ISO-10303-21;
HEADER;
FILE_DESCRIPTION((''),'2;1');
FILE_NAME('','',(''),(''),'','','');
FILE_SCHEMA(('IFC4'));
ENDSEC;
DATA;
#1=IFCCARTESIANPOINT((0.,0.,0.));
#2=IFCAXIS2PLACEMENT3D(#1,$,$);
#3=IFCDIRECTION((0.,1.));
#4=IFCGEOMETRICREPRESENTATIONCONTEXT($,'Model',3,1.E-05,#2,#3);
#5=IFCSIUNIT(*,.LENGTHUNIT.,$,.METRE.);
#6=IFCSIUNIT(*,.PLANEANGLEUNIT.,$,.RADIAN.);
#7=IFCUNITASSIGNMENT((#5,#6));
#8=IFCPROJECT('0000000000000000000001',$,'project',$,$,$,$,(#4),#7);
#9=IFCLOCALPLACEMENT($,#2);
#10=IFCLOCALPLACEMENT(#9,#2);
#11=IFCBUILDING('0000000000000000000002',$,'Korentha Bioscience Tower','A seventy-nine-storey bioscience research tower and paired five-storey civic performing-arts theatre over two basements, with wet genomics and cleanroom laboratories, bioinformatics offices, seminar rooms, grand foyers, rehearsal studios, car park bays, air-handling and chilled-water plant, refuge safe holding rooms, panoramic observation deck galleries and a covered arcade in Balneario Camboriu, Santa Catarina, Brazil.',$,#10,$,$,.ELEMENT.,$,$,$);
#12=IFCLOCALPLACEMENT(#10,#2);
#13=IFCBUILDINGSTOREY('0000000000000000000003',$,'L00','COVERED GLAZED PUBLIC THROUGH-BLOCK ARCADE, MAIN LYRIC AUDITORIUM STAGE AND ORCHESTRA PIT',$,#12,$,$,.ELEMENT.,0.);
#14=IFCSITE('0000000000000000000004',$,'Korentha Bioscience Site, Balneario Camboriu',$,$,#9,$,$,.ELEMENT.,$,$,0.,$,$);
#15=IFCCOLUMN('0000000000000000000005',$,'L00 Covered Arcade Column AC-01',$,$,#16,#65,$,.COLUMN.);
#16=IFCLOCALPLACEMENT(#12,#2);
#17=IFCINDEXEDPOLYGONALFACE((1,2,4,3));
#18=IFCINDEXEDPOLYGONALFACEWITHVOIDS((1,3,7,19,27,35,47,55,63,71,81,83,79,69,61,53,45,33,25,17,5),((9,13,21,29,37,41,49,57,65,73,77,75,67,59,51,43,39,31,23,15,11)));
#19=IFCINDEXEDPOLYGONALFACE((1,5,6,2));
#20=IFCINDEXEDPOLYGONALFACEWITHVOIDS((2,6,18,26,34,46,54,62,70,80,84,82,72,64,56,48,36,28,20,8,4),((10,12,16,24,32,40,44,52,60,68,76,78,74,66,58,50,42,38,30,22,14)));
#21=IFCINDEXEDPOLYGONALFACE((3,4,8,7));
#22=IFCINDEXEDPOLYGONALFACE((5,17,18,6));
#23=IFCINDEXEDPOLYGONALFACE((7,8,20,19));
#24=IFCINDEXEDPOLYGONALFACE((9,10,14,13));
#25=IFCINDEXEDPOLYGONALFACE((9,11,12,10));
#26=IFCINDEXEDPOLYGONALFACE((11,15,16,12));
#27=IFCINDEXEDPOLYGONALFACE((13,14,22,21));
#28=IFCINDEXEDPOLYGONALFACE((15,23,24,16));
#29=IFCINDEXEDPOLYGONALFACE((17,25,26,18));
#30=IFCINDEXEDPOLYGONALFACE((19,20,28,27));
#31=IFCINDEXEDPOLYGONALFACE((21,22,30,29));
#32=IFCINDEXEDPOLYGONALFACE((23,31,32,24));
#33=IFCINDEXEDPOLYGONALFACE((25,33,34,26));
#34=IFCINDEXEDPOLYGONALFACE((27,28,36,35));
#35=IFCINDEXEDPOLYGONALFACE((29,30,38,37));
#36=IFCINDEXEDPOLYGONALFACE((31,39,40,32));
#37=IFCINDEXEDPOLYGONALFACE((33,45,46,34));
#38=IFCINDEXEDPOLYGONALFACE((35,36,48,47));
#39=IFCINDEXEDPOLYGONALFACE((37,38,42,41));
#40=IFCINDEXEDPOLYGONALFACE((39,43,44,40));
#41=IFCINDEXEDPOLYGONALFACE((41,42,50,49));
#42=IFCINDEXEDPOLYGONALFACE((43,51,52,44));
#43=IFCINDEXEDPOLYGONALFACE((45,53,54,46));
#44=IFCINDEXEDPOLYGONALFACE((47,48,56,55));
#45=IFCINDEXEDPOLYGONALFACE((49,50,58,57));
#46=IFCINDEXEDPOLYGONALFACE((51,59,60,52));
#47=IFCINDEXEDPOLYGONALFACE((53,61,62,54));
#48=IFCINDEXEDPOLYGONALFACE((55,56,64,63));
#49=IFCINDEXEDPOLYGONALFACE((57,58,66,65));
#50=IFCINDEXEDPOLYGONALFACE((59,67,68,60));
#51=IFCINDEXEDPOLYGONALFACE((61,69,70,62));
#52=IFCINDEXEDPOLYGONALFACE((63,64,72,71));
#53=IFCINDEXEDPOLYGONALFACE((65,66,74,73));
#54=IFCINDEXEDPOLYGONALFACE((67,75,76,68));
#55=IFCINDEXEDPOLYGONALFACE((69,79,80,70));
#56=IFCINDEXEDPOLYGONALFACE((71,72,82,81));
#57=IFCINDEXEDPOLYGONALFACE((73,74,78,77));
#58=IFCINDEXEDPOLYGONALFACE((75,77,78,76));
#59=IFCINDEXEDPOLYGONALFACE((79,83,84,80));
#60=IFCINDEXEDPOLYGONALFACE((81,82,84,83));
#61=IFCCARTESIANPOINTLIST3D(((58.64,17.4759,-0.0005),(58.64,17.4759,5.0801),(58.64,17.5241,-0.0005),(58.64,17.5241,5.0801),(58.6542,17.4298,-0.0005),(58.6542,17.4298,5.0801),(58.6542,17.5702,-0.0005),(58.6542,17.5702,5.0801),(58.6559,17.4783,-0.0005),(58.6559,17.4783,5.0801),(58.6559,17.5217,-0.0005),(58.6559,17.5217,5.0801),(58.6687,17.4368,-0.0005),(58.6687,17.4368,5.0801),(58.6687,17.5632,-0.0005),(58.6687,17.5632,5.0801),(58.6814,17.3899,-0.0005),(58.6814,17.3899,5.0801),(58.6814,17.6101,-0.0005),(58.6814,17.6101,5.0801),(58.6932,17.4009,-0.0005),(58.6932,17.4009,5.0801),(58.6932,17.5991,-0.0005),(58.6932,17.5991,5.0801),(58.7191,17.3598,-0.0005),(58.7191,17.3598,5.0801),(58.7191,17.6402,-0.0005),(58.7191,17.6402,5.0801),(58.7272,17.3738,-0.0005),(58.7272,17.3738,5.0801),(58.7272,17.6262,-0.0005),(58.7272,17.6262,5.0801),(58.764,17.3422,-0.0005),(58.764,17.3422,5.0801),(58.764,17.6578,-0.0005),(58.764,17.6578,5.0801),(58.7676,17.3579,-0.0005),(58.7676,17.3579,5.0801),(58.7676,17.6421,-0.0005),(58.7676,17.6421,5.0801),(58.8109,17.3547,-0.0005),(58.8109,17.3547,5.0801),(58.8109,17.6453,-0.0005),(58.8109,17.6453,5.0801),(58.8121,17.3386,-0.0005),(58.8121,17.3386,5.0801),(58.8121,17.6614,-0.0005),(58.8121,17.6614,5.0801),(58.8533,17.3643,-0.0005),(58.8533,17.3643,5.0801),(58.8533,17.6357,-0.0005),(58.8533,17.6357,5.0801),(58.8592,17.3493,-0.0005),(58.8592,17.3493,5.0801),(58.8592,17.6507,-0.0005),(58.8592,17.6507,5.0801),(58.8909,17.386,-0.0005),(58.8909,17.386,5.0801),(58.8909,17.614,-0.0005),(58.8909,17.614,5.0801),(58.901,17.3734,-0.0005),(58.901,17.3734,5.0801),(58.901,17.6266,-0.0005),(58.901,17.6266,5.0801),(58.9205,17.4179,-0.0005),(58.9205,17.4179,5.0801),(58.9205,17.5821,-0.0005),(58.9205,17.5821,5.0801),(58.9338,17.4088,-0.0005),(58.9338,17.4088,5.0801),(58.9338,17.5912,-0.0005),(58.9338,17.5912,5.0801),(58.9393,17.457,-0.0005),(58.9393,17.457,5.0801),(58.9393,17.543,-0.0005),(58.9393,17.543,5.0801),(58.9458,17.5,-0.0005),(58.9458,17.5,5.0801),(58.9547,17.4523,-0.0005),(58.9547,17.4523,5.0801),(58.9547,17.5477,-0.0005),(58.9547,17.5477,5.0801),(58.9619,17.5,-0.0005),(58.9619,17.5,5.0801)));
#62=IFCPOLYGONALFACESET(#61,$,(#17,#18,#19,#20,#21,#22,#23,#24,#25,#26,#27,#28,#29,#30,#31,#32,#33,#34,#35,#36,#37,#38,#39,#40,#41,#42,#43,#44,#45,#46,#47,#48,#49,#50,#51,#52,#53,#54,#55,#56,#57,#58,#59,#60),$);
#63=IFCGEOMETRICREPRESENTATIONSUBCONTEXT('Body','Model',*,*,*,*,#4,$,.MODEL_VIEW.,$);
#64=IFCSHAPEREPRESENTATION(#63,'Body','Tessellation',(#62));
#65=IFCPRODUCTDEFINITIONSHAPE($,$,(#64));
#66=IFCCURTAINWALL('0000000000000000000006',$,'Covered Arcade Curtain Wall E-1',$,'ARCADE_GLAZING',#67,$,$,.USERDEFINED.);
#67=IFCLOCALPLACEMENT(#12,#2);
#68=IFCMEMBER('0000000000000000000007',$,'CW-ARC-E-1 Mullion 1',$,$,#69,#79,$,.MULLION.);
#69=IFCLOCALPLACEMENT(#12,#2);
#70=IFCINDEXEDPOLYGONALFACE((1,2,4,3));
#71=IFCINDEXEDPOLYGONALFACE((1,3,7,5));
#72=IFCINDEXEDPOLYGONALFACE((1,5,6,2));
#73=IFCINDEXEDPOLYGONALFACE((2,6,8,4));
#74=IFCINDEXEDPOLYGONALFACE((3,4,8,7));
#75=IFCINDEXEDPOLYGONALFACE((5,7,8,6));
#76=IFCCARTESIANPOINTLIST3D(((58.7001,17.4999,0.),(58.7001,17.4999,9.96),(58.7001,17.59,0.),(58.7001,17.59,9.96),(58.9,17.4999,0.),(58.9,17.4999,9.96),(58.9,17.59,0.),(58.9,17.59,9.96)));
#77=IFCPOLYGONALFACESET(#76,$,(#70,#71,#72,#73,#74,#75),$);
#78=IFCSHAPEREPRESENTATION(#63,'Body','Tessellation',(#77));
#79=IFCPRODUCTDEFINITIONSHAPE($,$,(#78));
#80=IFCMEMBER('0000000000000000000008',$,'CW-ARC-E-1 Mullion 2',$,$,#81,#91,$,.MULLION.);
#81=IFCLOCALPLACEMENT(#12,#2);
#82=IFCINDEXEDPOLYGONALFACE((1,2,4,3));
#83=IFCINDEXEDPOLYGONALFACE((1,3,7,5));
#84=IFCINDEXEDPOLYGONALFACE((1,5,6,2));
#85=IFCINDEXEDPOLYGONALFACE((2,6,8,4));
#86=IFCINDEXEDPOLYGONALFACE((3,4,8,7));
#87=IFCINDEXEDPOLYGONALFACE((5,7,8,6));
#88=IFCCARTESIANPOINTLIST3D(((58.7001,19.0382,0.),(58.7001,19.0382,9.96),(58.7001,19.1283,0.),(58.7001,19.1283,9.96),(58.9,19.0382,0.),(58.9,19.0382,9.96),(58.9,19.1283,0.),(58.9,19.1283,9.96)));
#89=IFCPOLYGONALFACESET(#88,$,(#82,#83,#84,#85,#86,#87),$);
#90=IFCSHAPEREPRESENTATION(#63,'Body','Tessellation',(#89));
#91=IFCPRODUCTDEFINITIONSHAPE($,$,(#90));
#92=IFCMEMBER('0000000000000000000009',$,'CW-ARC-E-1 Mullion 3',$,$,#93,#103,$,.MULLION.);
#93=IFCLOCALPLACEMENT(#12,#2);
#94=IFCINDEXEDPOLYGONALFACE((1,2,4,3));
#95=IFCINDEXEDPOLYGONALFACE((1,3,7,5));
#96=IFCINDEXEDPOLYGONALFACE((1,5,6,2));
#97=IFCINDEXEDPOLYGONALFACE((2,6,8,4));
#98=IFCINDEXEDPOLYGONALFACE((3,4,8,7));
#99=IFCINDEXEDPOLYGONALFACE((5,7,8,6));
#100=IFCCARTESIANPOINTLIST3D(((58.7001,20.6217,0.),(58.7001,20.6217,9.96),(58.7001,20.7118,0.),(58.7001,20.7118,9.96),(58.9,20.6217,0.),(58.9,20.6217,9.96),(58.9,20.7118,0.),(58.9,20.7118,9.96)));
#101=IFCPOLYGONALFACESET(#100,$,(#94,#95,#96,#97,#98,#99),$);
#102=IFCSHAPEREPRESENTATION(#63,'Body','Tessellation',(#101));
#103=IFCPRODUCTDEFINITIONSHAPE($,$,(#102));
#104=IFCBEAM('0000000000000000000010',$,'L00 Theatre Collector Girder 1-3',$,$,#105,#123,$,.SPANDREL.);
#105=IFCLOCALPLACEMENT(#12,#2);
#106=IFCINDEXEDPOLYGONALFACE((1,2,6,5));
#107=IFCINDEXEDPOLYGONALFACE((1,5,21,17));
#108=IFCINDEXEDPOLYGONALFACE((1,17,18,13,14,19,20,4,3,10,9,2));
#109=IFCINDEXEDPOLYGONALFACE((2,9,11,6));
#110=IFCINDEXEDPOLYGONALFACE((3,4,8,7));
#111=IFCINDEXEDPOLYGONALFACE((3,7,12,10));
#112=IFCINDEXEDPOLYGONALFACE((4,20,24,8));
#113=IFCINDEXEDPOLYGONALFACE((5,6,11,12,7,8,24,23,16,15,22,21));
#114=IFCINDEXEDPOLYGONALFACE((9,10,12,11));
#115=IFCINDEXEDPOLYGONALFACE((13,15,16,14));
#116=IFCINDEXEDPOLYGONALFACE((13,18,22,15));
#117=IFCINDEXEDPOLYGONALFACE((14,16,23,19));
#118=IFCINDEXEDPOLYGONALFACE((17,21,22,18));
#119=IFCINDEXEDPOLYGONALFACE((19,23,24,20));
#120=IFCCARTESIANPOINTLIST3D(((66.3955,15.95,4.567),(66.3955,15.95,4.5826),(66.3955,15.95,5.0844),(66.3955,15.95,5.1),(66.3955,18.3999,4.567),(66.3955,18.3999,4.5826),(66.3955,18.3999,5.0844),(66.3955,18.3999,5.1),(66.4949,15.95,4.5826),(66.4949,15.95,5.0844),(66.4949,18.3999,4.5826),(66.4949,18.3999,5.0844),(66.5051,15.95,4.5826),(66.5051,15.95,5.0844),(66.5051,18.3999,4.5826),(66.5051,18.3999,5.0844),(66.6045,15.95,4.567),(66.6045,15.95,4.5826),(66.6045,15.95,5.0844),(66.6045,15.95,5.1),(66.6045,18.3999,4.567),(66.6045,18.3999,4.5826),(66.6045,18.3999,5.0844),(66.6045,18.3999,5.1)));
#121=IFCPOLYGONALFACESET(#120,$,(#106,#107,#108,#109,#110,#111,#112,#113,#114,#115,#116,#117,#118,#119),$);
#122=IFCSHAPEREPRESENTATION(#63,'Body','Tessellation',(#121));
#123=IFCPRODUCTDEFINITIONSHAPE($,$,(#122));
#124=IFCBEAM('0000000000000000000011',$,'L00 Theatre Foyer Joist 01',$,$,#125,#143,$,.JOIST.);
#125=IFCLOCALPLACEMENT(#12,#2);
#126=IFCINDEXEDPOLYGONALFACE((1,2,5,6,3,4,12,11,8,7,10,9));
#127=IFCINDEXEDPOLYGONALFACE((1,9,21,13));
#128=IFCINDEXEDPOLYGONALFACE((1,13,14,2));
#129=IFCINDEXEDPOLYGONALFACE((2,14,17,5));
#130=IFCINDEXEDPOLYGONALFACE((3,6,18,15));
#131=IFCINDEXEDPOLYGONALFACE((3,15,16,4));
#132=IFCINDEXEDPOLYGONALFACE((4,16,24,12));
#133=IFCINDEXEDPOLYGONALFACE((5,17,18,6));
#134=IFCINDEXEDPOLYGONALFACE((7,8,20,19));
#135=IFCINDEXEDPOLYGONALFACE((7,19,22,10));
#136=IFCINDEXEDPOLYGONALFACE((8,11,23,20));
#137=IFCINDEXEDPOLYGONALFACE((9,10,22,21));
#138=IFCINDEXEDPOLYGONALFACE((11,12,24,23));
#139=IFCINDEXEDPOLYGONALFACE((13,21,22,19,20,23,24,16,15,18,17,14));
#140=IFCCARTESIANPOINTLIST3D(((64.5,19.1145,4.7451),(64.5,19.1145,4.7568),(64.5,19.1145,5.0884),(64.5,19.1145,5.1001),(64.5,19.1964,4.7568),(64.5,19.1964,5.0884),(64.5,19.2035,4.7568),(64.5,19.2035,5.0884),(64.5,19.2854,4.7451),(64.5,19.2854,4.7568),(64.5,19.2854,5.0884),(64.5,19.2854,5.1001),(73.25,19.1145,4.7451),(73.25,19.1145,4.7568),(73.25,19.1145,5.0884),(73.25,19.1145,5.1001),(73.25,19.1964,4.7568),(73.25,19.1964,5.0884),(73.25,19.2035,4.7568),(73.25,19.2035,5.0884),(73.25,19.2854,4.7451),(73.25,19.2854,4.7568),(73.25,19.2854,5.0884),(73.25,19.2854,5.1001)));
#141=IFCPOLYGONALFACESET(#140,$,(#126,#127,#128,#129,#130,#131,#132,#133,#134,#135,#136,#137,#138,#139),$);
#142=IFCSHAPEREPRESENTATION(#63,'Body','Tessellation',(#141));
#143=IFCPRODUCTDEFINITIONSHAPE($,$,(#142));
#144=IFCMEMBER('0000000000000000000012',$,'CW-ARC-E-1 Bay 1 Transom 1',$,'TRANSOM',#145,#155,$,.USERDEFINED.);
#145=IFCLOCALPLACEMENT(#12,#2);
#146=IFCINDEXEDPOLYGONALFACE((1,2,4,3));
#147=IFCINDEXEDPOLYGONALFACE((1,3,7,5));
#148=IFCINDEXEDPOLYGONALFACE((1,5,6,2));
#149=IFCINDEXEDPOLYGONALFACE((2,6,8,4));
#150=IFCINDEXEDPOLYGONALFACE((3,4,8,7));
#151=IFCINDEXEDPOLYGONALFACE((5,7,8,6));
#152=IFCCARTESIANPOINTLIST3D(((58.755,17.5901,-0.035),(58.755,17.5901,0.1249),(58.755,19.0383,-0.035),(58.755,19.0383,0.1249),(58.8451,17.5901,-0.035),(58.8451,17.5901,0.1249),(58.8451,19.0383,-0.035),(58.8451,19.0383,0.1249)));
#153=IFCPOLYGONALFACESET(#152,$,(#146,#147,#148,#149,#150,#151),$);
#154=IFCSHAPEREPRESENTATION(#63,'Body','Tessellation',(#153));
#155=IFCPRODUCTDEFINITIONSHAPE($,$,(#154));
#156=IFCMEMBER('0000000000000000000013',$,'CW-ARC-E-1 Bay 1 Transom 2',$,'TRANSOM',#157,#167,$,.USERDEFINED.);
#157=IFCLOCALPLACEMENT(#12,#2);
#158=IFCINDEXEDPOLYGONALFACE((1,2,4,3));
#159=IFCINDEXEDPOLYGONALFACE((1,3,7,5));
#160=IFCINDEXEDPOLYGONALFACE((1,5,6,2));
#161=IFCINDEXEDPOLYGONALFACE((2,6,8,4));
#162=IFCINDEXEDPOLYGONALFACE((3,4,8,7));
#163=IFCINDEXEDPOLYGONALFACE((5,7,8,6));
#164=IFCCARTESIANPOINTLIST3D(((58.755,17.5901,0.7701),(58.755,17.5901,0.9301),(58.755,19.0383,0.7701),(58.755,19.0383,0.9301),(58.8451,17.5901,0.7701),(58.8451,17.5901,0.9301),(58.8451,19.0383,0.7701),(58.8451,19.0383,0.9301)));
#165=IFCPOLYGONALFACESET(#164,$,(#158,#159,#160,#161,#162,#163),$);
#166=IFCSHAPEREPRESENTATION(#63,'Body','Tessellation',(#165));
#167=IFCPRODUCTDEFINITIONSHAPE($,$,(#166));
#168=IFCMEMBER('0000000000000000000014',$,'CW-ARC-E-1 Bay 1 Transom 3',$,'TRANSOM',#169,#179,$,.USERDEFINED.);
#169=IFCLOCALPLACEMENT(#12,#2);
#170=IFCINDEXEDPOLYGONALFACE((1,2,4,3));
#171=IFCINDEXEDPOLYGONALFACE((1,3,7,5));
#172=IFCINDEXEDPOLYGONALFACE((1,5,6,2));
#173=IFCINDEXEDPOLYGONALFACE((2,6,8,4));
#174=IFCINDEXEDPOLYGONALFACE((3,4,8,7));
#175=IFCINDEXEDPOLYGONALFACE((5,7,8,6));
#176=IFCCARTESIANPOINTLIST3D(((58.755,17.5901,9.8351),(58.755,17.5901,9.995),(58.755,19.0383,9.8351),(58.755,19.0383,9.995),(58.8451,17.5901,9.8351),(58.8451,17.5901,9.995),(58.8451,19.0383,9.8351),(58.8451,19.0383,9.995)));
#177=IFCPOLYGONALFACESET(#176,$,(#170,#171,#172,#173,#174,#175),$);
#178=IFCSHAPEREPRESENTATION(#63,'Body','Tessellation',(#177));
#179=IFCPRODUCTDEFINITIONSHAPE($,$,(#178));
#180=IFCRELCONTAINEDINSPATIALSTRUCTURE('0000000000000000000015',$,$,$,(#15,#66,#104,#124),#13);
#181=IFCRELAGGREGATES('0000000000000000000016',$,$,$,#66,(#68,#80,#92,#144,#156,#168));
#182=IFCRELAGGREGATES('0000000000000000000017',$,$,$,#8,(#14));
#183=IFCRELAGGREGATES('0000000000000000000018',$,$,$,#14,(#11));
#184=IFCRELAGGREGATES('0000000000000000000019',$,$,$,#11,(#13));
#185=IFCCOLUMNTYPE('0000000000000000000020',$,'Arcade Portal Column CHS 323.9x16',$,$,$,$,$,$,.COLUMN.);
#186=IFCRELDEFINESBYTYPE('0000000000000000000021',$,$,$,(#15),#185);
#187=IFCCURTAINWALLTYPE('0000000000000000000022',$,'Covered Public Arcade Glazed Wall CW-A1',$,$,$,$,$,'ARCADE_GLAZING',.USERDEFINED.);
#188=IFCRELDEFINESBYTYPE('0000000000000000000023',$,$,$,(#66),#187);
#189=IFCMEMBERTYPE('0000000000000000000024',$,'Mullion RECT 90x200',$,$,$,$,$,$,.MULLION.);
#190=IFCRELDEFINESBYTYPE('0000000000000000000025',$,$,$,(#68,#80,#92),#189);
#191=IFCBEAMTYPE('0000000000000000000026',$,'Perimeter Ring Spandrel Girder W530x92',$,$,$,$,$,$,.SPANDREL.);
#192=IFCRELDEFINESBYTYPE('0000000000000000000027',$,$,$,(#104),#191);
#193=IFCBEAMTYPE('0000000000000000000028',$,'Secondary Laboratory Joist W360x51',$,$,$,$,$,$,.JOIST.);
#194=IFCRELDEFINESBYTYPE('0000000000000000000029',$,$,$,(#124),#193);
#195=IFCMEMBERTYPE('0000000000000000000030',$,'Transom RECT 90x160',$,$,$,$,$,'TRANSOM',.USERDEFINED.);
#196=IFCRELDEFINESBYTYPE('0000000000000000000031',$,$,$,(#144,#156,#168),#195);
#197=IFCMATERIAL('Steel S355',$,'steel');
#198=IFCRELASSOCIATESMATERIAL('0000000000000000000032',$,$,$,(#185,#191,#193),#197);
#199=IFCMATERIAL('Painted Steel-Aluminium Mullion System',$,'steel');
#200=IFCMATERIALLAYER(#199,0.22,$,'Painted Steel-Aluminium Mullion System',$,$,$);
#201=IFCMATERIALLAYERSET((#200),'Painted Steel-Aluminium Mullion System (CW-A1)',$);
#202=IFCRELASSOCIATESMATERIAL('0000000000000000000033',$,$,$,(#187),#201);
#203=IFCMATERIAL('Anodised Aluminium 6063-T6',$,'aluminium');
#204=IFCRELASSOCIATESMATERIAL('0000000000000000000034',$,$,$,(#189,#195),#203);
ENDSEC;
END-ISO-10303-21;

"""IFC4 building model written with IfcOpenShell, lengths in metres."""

from ifc_helpers import new_model, si_unit, direction, frame, origin, origin_2d, place, context, subcontext, project, spatial, rectangle, hollow_circle, i_section, extrude, material, layer, layer_set, material_profile, profile_set, type_object, element, aggregate, save


model = new_model("IFC4")

# Units and contexts
model_context = context("Model", 3, precision=1e-05, world=origin(), true_north=direction((0.0, 1.0)))
body_context = subcontext(model_context, "Body", "Model", "MODEL_VIEW")
ifc_project = project(units=[si_unit("LENGTHUNIT", "METRE"), si_unit("PLANEANGLEUNIT", "RADIAN")], contexts=[model_context])

# Site, building, storey
site_placement = place(None, origin())
site = spatial("IfcSite", under=ifc_project, at=site_placement, Name="Korentha Bioscience Site, Balneario Camboriu", CompositionType="ELEMENT", RefElevation=0.0)
building_placement = place(site_placement, origin())
building = spatial("IfcBuilding", under=site, at=building_placement, Name="Korentha Bioscience Tower", Description="A seventy-nine-storey bioscience research tower and paired five-storey civic performing-arts theatre over two basements, with wet genomics and cleanroom laboratories, bioinformatics offices, seminar rooms, grand foyers, rehearsal studios, car park bays, air-handling and chilled-water plant, refuge safe holding rooms, panoramic observation deck galleries and a covered arcade in Balneario Camboriu, Santa Catarina, Brazil.", CompositionType="ELEMENT")
storey_placement = place(building_placement, origin())
storey = spatial("IfcBuildingStorey", under=building, at=storey_placement, Name="L00", Description="COVERED GLAZED PUBLIC THROUGH-BLOCK ARCADE, MAIN LYRIC AUDITORIUM STAGE AND ORCHESTRA PIT", CompositionType="ELEMENT", Elevation=0.0)

# Column
ifc_material_1 = material(Name="Steel S355", Category="steel")
ifc_material_profile_1 = material_profile(ifc_material_1, hollow_circle(Radius=0.1619, WallThickness=0.0161, at=origin_2d()), Name="Steel S355")
ifc_profile_set_1 = profile_set([ifc_material_profile_1], Name="Steel S355 (AC-01)")
column_type = type_object("IfcColumnType", Name="Arcade Portal Column CHS 323.9x16", PredefinedType="COLUMN", material=ifc_profile_set_1)
column_placement = place(storey_placement, frame((58.8, 17.5, -0.0005), z_axis=(0.0, 0.0, 1.0), x_axis=(1.0, 0.0, 0.0)))
element("IfcColumn", 1, at=column_placement, inside=storey, type_object=column_type, Name="L00 Covered Arcade Column AC-01", PredefinedType="COLUMN", context=body_context, shape_type="SweptSolid", body=[
    extrude(hollow_circle(Radius=0.1619, WallThickness=0.0161, at=origin_2d()), origin(), (0.0, 0.0, 1.0), 5.0806),
])

# Curtain wall, members
ifc_material_2 = material(Name="Painted Steel-Aluminium Mullion System", Category="steel")
ifc_layer_1 = layer(ifc_material_2, 0.22, Name="Painted Steel-Aluminium Mullion System")
ifc_layer_set_1 = layer_set([ifc_layer_1], Name="Painted Steel-Aluminium Mullion System (CW-A1)")
curtain_wall_type = type_object("IfcCurtainWallType", Name="Covered Public Arcade Glazed Wall CW-A1", ElementType="ARCADE_GLAZING", PredefinedType="USERDEFINED", material=ifc_layer_set_1)
curtain_wall_placement = place(storey_placement, origin())
curtain_wall = element("IfcCurtainWall", 2, at=curtain_wall_placement, inside=storey, type_object=curtain_wall_type, Name="Covered Arcade Curtain Wall E-1", ObjectType="ARCADE_GLAZING", PredefinedType="USERDEFINED")
ifc_material_3 = material(Name="Anodised Aluminium 6063-T6", Category="aluminium")
ifc_material_profile_2 = material_profile(ifc_material_3, rectangle(XDim=0.0901, YDim=0.2, at=origin_2d()), Name="Anodised Aluminium 6063-T6")
ifc_profile_set_2 = profile_set([ifc_material_profile_2], Name="Anodised Aluminium 6063-T6 (CW-MUL)")
member_type_1 = type_object("IfcMemberType", Name="Mullion RECT 90x200", PredefinedType="MULLION", material=ifc_profile_set_2)
member_1_placement = place(storey_placement, frame((58.8, 17.5449, 0.0), z_axis=(0.0, 0.0, 1.0), x_axis=(0.0, 1.0, 0.0)))
member_1 = element("IfcMember", 3, at=member_1_placement, type_object=member_type_1, Name="CW-ARC-E-1 Mullion 1", PredefinedType="MULLION", context=body_context, shape_type="SweptSolid", body=[
    extrude(rectangle(XDim=0.0901, YDim=0.2, at=origin_2d()), origin(), (0.0, 0.0, 1.0), 9.96),
])
member_2_placement = place(storey_placement, frame((58.8, 19.0833, 0.0), z_axis=(0.0, 0.0, 1.0), x_axis=(0.0, 1.0, 0.0)))
member_2 = element("IfcMember", 4, at=member_2_placement, type_object=member_type_1, Name="CW-ARC-E-1 Mullion 2", PredefinedType="MULLION", context=body_context, shape_type="SweptSolid", body=[
    extrude(rectangle(XDim=0.0901, YDim=0.2, at=origin_2d()), origin(), (0.0, 0.0, 1.0), 9.96),
])
member_3_placement = place(storey_placement, frame((58.8, 20.6667, 0.0), z_axis=(0.0, 0.0, 1.0), x_axis=(0.0, 1.0, 0.0)))
member_3 = element("IfcMember", 5, at=member_3_placement, type_object=member_type_1, Name="CW-ARC-E-1 Mullion 3", PredefinedType="MULLION", context=body_context, shape_type="SweptSolid", body=[
    extrude(rectangle(XDim=0.0901, YDim=0.2, at=origin_2d()), origin(), (0.0, 0.0, 1.0), 9.96),
])

# Beams
ifc_material_profile_3 = material_profile(ifc_material_1, i_section(OverallWidth=0.209, OverallDepth=0.533, WebThickness=0.0103, FlangeThickness=0.0156, at=origin_2d()), Name="Steel S355")
ifc_profile_set_3 = profile_set([ifc_material_profile_3], Name="Steel S355 (SB-530)")
beam_type_1 = type_object("IfcBeamType", Name="Perimeter Ring Spandrel Girder W530x92", PredefinedType="SPANDREL", material=ifc_profile_set_3)
beam_1_placement = place(storey_placement, frame((66.5, 15.95, 4.8335), z_axis=(0.0, 1.0, 0.0), x_axis=(-1.0, 0.0, 0.0)))
element("IfcBeam", 6, at=beam_1_placement, inside=storey, type_object=beam_type_1, Name="L00 Theatre Collector Girder 1-3", PredefinedType="SPANDREL", context=body_context, shape_type="SweptSolid", body=[
    extrude(i_section(OverallWidth=0.209, OverallDepth=0.533, WebThickness=0.0103, FlangeThickness=0.0156, at=origin_2d()), origin(), (0.0, 0.0, 1.0), 2.45),
])
ifc_material_profile_4 = material_profile(ifc_material_1, i_section(OverallWidth=0.1709, OverallDepth=0.355, WebThickness=0.0071, FlangeThickness=0.0117, at=origin_2d()), Name="Steel S355")
ifc_profile_set_4 = profile_set([ifc_material_profile_4], Name="Steel S355 (JB-360)")
beam_type_2 = type_object("IfcBeamType", Name="Secondary Laboratory Joist W360x51", PredefinedType="JOIST", material=ifc_profile_set_4)
beam_2_placement = place(storey_placement, frame((64.5, 19.2, 4.9226), z_axis=(1.0, 0.0, 0.0), x_axis=(0.0, 1.0, 0.0)))
element("IfcBeam", 7, at=beam_2_placement, inside=storey, type_object=beam_type_2, Name="L00 Theatre Foyer Joist 01", PredefinedType="JOIST", context=body_context, shape_type="SweptSolid", body=[
    extrude(i_section(OverallWidth=0.1709, OverallDepth=0.355, WebThickness=0.0071, FlangeThickness=0.0117, at=origin_2d()), origin(), (0.0, 0.0, 1.0), 8.75),
])

# Members
ifc_material_profile_5 = material_profile(ifc_material_3, rectangle(XDim=0.0901, YDim=0.1599, at=origin_2d()), Name="Anodised Aluminium 6063-T6")
ifc_profile_set_5 = profile_set([ifc_material_profile_5], Name="Anodised Aluminium 6063-T6 (CW-TRN)")
member_type_2 = type_object("IfcMemberType", Name="Transom RECT 90x160", ElementType="TRANSOM", PredefinedType="USERDEFINED", material=ifc_profile_set_5)
member_4_placement = place(storey_placement, frame((58.8, 17.5901, 0.0449), z_axis=(0.0, 1.0, 0.0), x_axis=(-1.0, 0.0, 0.0)))
member_4 = element("IfcMember", 8, at=member_4_placement, type_object=member_type_2, Name="CW-ARC-E-1 Bay 1 Transom 1", ObjectType="TRANSOM", PredefinedType="USERDEFINED", context=body_context, shape_type="SweptSolid", body=[
    extrude(rectangle(XDim=0.0901, YDim=0.1599, at=origin_2d()), origin(), (0.0, 0.0, 1.0), 1.4482),
])
member_5_placement = place(storey_placement, frame((58.8, 17.5901, 0.8501), z_axis=(0.0, 1.0, 0.0), x_axis=(-1.0, 0.0, 0.0)))
member_5 = element("IfcMember", 9, at=member_5_placement, type_object=member_type_2, Name="CW-ARC-E-1 Bay 1 Transom 2", ObjectType="TRANSOM", PredefinedType="USERDEFINED", context=body_context, shape_type="SweptSolid", body=[
    extrude(rectangle(XDim=0.0901, YDim=0.1599, at=origin_2d()), origin(), (0.0, 0.0, 1.0), 1.4482),
])
member_6_placement = place(storey_placement, frame((58.8, 17.5901, 9.915), z_axis=(0.0, 1.0, 0.0), x_axis=(-1.0, 0.0, 0.0)))
member_6 = element("IfcMember", 10, at=member_6_placement, type_object=member_type_2, Name="CW-ARC-E-1 Bay 1 Transom 3", ObjectType="TRANSOM", PredefinedType="USERDEFINED", context=body_context, shape_type="SweptSolid", body=[
    extrude(rectangle(XDim=0.0901, YDim=0.1599, at=origin_2d()), origin(), (0.0, 0.0, 1.0), 1.4482),
])

aggregate(curtain_wall, [member_1, member_2, member_3, member_4, member_5, member_6])

save(model, "model.ifc")
